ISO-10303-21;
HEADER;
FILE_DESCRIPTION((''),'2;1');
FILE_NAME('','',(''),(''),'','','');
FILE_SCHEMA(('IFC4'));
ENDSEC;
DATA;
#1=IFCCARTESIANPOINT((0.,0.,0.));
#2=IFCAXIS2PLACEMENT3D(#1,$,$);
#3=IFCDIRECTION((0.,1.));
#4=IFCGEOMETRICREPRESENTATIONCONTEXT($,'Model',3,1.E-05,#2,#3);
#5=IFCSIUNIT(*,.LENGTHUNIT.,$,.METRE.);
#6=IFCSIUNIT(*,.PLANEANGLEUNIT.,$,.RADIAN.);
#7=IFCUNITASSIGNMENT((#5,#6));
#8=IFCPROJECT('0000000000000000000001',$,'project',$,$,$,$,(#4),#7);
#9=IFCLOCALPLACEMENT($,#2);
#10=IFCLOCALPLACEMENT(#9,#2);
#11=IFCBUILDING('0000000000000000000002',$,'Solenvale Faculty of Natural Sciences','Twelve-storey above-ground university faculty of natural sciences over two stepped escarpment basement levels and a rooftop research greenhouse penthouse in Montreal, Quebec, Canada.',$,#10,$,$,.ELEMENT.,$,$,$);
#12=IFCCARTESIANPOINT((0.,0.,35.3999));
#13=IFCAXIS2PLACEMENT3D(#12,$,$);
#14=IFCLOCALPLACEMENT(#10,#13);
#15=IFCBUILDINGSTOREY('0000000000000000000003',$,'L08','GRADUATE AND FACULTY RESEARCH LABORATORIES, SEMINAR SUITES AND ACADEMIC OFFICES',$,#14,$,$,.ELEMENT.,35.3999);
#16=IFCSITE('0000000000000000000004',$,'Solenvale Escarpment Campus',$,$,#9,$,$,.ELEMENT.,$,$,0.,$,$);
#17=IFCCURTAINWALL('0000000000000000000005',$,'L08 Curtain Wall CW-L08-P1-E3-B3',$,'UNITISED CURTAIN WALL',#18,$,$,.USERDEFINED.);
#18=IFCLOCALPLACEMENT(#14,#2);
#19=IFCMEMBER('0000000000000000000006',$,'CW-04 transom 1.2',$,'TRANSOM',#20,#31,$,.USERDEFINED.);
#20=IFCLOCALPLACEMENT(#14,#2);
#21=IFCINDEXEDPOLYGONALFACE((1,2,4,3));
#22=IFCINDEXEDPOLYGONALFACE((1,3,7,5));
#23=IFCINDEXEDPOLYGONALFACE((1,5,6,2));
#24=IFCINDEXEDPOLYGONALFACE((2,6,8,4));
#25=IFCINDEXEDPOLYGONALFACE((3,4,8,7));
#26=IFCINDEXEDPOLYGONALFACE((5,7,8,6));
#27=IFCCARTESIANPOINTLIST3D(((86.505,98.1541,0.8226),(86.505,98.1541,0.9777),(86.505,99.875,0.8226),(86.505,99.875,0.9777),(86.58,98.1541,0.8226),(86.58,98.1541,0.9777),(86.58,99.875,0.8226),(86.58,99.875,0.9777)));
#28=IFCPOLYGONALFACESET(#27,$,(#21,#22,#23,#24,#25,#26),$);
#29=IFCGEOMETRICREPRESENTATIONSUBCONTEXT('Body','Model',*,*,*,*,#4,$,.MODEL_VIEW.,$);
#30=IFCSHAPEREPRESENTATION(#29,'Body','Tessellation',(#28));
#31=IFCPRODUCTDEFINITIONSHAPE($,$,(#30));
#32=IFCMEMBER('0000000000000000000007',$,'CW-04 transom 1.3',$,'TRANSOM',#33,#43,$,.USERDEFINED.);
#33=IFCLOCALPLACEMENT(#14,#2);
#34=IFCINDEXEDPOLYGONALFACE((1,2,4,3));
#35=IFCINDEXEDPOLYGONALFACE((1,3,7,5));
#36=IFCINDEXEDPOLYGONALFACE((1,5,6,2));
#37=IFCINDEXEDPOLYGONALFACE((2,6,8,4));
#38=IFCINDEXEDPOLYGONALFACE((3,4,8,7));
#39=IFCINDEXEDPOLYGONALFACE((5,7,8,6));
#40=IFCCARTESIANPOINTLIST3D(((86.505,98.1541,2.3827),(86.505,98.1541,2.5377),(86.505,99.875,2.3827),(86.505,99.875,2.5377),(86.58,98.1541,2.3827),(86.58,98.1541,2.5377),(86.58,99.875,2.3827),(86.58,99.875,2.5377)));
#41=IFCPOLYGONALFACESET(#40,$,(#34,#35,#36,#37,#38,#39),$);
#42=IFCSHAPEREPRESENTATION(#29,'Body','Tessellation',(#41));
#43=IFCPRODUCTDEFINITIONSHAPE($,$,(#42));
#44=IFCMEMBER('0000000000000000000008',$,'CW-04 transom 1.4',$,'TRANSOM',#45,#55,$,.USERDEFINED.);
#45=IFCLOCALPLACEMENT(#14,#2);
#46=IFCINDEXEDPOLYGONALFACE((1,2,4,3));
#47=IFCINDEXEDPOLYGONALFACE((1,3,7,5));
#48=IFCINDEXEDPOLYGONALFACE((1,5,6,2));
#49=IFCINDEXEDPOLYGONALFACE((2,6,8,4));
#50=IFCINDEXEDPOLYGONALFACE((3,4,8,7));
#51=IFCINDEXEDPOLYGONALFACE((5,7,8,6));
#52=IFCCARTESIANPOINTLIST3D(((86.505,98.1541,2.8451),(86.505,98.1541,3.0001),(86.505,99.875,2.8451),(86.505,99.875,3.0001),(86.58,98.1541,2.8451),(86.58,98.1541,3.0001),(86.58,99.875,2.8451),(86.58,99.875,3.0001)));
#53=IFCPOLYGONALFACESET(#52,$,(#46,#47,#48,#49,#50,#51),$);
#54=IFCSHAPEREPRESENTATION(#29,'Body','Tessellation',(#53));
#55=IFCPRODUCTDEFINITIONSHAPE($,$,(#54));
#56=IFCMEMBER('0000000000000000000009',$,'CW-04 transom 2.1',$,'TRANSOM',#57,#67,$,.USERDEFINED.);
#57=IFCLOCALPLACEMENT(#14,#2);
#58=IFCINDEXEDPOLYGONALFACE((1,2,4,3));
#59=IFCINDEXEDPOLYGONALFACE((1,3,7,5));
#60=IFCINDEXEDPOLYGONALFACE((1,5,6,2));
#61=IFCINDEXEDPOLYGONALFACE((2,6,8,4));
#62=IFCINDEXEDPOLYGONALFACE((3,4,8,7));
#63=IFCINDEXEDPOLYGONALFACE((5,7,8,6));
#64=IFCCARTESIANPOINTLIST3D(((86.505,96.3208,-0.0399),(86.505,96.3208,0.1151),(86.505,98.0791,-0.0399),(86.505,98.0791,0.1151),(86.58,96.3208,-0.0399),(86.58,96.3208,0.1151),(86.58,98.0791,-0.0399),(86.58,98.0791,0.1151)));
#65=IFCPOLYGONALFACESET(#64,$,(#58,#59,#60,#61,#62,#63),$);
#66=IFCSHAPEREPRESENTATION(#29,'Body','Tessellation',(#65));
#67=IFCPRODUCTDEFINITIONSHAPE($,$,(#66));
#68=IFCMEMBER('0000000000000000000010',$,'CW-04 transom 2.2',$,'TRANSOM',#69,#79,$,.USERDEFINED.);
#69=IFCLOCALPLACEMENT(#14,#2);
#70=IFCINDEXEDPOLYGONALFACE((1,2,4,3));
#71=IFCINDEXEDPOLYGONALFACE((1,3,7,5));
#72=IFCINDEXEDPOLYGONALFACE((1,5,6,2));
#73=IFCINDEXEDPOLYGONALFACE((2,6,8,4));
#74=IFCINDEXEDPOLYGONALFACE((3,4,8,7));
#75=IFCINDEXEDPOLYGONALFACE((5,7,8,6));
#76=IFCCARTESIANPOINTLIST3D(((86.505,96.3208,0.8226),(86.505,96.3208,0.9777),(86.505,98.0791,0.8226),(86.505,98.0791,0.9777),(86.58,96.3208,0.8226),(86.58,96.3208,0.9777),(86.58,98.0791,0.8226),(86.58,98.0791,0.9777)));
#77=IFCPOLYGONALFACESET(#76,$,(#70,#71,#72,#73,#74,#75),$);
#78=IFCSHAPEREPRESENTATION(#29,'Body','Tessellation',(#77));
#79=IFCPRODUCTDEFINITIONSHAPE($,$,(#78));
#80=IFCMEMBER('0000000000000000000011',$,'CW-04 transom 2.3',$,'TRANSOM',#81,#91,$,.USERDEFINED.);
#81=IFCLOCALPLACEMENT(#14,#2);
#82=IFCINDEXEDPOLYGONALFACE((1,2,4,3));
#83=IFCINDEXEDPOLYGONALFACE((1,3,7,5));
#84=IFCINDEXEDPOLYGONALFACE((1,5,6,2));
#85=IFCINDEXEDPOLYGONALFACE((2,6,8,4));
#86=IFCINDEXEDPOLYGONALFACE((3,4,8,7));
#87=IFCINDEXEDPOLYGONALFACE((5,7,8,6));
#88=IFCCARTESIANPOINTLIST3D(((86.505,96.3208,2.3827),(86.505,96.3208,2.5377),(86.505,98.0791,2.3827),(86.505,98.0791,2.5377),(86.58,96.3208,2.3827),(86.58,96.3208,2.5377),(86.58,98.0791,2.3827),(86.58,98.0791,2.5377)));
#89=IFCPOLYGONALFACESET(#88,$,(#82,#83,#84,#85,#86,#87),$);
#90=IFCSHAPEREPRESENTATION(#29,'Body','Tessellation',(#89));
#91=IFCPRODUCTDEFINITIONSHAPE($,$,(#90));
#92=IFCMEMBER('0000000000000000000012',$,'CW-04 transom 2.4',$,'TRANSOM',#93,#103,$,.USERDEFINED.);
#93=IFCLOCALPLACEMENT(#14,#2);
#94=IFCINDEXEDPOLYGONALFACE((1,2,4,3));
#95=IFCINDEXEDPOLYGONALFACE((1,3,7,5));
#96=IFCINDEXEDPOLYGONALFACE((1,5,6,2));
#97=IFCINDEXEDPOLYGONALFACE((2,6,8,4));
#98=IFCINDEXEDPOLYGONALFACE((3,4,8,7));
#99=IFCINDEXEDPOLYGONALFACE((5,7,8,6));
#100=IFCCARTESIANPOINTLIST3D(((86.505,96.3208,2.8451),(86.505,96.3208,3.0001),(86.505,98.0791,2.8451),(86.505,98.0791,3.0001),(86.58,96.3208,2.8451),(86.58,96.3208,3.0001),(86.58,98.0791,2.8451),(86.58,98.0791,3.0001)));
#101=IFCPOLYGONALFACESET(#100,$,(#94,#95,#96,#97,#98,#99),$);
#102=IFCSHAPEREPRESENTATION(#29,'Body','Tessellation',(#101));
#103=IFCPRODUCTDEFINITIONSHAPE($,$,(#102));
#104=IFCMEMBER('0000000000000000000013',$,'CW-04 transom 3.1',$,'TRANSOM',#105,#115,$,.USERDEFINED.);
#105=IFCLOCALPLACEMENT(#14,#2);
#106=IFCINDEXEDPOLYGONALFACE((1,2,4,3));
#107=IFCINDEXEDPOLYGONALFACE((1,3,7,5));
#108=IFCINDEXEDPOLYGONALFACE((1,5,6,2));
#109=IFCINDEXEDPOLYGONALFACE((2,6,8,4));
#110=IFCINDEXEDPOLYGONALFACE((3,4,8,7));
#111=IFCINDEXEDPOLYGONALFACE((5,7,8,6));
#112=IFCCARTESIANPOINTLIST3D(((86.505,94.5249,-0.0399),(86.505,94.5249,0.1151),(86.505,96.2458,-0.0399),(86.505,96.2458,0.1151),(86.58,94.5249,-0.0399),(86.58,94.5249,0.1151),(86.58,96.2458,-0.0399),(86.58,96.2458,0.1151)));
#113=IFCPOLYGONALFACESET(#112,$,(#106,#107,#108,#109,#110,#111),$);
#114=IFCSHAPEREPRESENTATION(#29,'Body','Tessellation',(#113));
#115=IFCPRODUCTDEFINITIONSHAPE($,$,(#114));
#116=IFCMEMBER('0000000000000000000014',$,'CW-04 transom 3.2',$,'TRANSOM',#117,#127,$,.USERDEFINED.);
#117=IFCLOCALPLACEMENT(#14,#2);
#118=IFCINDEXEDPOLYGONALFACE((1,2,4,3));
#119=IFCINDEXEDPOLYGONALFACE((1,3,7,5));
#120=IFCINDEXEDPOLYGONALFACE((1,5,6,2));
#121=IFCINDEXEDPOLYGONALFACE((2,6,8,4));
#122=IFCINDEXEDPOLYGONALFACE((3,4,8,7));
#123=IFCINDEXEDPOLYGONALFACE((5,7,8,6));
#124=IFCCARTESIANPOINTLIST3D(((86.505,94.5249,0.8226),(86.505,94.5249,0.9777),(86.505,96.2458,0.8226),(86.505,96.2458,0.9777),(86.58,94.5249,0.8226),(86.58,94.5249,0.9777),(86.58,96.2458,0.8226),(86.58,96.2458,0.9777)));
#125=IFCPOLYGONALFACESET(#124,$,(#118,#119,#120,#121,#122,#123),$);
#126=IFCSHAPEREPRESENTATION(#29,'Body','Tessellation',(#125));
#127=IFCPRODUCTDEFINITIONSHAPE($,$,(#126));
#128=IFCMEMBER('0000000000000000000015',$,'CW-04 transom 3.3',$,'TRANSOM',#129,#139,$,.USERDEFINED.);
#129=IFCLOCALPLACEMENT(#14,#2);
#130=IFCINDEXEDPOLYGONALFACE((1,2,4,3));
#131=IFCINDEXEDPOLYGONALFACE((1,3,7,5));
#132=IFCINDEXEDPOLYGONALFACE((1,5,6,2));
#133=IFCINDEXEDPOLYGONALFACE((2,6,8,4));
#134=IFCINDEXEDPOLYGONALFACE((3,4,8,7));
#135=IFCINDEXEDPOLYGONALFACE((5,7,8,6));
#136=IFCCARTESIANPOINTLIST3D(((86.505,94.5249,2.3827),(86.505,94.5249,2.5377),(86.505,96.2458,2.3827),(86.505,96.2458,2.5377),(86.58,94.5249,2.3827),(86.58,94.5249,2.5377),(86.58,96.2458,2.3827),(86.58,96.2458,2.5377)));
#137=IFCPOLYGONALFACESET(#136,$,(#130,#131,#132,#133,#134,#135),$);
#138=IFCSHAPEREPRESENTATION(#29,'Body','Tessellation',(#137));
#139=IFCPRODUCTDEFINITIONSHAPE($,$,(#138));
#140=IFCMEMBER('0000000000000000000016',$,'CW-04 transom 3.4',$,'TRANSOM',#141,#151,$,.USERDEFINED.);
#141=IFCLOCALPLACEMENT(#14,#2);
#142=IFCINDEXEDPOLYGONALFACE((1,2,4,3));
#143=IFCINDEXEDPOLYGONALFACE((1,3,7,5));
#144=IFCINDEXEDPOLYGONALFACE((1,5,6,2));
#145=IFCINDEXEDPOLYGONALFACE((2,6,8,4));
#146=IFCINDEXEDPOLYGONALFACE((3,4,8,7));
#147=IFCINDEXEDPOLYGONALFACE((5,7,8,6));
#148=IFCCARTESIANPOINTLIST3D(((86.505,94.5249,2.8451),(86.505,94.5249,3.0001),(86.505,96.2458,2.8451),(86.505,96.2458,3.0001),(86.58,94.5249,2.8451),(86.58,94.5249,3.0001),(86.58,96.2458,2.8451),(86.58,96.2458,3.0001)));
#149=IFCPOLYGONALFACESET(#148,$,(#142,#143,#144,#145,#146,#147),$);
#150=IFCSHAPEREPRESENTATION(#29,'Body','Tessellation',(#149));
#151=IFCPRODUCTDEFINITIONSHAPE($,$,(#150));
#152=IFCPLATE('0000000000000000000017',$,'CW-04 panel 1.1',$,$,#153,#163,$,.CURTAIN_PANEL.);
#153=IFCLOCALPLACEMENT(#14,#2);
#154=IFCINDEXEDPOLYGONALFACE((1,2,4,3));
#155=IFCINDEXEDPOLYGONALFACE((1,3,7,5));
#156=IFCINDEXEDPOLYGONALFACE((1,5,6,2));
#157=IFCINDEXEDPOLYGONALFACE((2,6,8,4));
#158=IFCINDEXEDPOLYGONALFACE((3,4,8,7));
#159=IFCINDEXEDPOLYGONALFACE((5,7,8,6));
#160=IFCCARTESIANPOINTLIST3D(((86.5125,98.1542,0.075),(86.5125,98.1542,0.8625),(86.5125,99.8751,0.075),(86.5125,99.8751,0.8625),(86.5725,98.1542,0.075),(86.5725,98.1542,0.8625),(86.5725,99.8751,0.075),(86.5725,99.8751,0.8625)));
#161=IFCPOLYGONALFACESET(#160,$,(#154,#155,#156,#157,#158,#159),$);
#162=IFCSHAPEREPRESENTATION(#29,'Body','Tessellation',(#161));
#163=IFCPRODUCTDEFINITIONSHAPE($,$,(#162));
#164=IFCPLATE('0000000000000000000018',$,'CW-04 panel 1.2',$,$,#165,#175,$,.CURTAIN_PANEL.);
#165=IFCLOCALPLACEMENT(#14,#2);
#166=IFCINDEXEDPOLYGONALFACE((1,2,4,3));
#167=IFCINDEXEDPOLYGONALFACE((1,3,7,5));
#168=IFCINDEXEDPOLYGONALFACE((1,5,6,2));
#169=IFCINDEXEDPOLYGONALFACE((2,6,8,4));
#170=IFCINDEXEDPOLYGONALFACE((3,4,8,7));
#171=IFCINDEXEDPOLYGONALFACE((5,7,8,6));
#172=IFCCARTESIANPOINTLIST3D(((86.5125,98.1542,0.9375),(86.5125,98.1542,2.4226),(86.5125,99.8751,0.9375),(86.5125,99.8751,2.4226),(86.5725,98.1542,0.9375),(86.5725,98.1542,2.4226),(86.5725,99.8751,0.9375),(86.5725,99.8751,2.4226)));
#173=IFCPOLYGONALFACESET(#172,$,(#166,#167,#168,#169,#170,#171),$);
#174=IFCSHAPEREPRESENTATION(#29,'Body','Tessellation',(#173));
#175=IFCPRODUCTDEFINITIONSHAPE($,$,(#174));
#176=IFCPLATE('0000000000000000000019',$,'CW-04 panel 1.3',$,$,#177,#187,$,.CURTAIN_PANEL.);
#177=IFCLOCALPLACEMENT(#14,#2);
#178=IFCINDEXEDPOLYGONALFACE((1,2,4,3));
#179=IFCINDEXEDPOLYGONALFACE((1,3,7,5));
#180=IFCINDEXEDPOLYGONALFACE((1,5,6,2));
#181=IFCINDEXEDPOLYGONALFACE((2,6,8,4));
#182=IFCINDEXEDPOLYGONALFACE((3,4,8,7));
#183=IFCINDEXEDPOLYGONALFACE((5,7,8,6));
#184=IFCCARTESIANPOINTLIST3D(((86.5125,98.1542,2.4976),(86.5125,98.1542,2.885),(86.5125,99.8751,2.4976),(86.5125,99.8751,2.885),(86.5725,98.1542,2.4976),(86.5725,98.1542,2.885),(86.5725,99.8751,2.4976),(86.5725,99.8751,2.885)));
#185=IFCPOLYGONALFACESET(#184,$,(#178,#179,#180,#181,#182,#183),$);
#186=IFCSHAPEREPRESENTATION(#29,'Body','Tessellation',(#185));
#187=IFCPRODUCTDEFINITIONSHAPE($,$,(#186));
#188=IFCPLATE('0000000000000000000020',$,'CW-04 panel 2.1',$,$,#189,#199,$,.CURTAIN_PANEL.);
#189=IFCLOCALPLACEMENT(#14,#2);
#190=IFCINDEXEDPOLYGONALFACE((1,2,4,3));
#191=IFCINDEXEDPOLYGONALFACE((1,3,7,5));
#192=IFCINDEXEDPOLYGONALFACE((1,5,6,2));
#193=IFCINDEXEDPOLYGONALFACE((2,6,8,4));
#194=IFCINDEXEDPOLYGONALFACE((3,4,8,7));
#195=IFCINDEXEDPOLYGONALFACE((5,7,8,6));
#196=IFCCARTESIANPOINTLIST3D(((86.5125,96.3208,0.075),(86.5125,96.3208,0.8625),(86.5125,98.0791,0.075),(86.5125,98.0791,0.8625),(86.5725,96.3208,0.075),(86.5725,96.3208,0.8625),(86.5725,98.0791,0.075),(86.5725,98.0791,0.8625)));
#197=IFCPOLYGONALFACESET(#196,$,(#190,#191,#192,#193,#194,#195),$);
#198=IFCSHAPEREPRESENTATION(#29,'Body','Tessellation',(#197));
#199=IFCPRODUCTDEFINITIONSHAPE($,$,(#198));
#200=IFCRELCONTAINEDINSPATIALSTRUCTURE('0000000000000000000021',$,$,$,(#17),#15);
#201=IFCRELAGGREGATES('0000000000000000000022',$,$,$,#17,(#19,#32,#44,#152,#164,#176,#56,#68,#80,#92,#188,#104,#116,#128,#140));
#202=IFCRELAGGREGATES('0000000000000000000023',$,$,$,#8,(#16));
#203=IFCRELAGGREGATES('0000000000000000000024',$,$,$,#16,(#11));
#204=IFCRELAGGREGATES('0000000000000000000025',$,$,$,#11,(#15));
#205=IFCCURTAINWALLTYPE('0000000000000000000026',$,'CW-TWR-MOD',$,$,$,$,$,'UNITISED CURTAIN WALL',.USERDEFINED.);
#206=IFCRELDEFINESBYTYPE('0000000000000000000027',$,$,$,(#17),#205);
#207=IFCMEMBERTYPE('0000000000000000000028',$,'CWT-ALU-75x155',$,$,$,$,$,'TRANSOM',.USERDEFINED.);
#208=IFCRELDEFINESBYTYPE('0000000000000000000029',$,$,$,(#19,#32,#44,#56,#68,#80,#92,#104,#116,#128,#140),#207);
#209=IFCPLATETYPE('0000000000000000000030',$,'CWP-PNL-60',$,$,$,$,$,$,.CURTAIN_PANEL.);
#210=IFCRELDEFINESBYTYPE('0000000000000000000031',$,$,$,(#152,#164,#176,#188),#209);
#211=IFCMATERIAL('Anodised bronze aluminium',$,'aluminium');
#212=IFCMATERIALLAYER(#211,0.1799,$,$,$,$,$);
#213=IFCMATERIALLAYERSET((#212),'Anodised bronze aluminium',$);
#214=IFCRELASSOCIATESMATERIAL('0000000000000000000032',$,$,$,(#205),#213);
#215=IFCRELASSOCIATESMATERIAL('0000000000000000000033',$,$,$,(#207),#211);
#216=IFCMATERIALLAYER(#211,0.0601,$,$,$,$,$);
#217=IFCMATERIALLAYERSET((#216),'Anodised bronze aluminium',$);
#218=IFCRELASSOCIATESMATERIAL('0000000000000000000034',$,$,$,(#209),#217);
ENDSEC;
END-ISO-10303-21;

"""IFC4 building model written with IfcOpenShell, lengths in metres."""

from ifc_helpers import new_model, si_unit, direction, frame, origin, origin_2d, place, context, subcontext, project, spatial, rectangle, extrude, material, layer, layer_set, material_profile, profile_set, type_object, element, aggregate, save


model = new_model("IFC4")

# Units and contexts
model_context = context("Model", 3, precision=1e-05, world=origin(), true_north=direction((0.0, 1.0)))
body_context = subcontext(model_context, "Body", "Model", "MODEL_VIEW")
ifc_project = project(units=[si_unit("LENGTHUNIT", "METRE"), si_unit("PLANEANGLEUNIT", "RADIAN")], contexts=[model_context])

# Site, building, storey
site_placement = place(None, origin())
site = spatial("IfcSite", under=ifc_project, at=site_placement, Name="Solenvale Escarpment Campus", CompositionType="ELEMENT", RefElevation=0.0)
building_placement = place(site_placement, origin())
building = spatial("IfcBuilding", under=site, at=building_placement, Name="Solenvale Faculty of Natural Sciences", Description="Twelve-storey above-ground university faculty of natural sciences over two stepped escarpment basement levels and a rooftop research greenhouse penthouse in Montreal, Quebec, Canada.", CompositionType="ELEMENT")
storey_placement = place(building_placement, frame((0.0, 0.0, 35.3999)))
storey = spatial("IfcBuildingStorey", under=building, at=storey_placement, Name="L08", Description="GRADUATE AND FACULTY RESEARCH LABORATORIES, SEMINAR SUITES AND ACADEMIC OFFICES", CompositionType="ELEMENT", Elevation=35.3999)

# Curtain wall, members, plates
ifc_material_1 = material(Name="Anodised bronze aluminium", Category="aluminium")
ifc_layer_1 = layer(ifc_material_1, 0.1799)
ifc_layer_set_1 = layer_set([ifc_layer_1], Name="Anodised bronze aluminium")
curtain_wall_type = type_object("IfcCurtainWallType", Name="CW-TWR-MOD", ElementType="UNITISED CURTAIN WALL", PredefinedType="USERDEFINED", material=ifc_layer_set_1)
curtain_wall_placement = place(storey_placement, origin())
curtain_wall = element("IfcCurtainWall", 1, at=curtain_wall_placement, inside=storey, type_object=curtain_wall_type, Name="L08 Curtain Wall CW-L08-P1-E3-B3", ObjectType="UNITISED CURTAIN WALL", PredefinedType="USERDEFINED")
ifc_material_profile_1 = material_profile(ifc_material_1, rectangle(XDim=0.075, YDim=0.155, at=origin_2d()), Name="ALU-TRN-75x155")
ifc_profile_set_1 = profile_set([ifc_material_profile_1], Name="Anodised bronze aluminium")
member_type_1 = type_object("IfcMemberType", Name="CWT-ALU-75x155", ElementType="TRANSOM", PredefinedType="USERDEFINED", material=ifc_profile_set_1)
member_1_placement = place(storey_placement, frame((86.5425, 99.875, 0.9001), z_axis=(0.0, -1.0, 0.0), x_axis=(1.0, 0.0, 0.0)))
member_1 = element("IfcMember", 2, at=member_1_placement, type_object=member_type_1, Name="CW-04 transom 1.2", ObjectType="TRANSOM", PredefinedType="USERDEFINED", context=body_context, shape_type="SweptSolid", body=[
    extrude(rectangle(XDim=0.075, YDim=0.155, at=origin_2d()), origin(), (0.0, 0.0, 1.0), 1.7209),
])
member_2_placement = place(storey_placement, frame((86.5425, 99.875, 2.4602), z_axis=(0.0, -1.0, 0.0), x_axis=(1.0, 0.0, 0.0)))
member_2 = element("IfcMember", 3, at=member_2_placement, type_object=member_type_1, Name="CW-04 transom 1.3", ObjectType="TRANSOM", PredefinedType="USERDEFINED", context=body_context, shape_type="SweptSolid", body=[
    extrude(rectangle(XDim=0.075, YDim=0.155, at=origin_2d()), origin(), (0.0, 0.0, 1.0), 1.7209),
])
member_3_placement = place(storey_placement, frame((86.5425, 99.875, 2.9226), z_axis=(0.0, -1.0, 0.0), x_axis=(1.0, 0.0, 0.0)))
member_3 = element("IfcMember", 4, at=member_3_placement, type_object=member_type_1, Name="CW-04 transom 1.4", ObjectType="TRANSOM", PredefinedType="USERDEFINED", context=body_context, shape_type="SweptSolid", body=[
    extrude(rectangle(XDim=0.075, YDim=0.155, at=origin_2d()), origin(), (0.0, 0.0, 1.0), 1.7209),
])
member_4_placement = place(storey_placement, frame((86.5425, 98.0791, 0.0376), z_axis=(0.0, -1.0, 0.0), x_axis=(1.0, 0.0, 0.0)))
member_4 = element("IfcMember", 5, at=member_4_placement, type_object=member_type_1, Name="CW-04 transom 2.1", ObjectType="TRANSOM", PredefinedType="USERDEFINED", context=body_context, shape_type="SweptSolid", body=[
    extrude(rectangle(XDim=0.075, YDim=0.155, at=origin_2d()), origin(), (0.0, 0.0, 1.0), 1.7583),
])
member_5_placement = place(storey_placement, frame((86.5425, 98.0791, 0.9001), z_axis=(0.0, -1.0, 0.0), x_axis=(1.0, 0.0, 0.0)))
member_5 = element("IfcMember", 6, at=member_5_placement, type_object=member_type_1, Name="CW-04 transom 2.2", ObjectType="TRANSOM", PredefinedType="USERDEFINED", context=body_context, shape_type="SweptSolid", body=[
    extrude(rectangle(XDim=0.075, YDim=0.155, at=origin_2d()), origin(), (0.0, 0.0, 1.0), 1.7583),
])
member_6_placement = place(storey_placement, frame((86.5425, 98.0791, 2.4602), z_axis=(0.0, -1.0, 0.0), x_axis=(1.0, 0.0, 0.0)))
member_6 = element("IfcMember", 7, at=member_6_placement, type_object=member_type_1, Name="CW-04 transom 2.3", ObjectType="TRANSOM", PredefinedType="USERDEFINED", context=body_context, shape_type="SweptSolid", body=[
    extrude(rectangle(XDim=0.075, YDim=0.155, at=origin_2d()), origin(), (0.0, 0.0, 1.0), 1.7583),
])
member_7_placement = place(storey_placement, frame((86.5425, 98.0791, 2.9226), z_axis=(0.0, -1.0, 0.0), x_axis=(1.0, 0.0, 0.0)))
member_7 = element("IfcMember", 8, at=member_7_placement, type_object=member_type_1, Name="CW-04 transom 2.4", ObjectType="TRANSOM", PredefinedType="USERDEFINED", context=body_context, shape_type="SweptSolid", body=[
    extrude(rectangle(XDim=0.075, YDim=0.155, at=origin_2d()), origin(), (0.0, 0.0, 1.0), 1.7583),
])
member_8_placement = place(storey_placement, frame((86.5425, 96.2458, 0.0376), z_axis=(0.0, -1.0, 0.0), x_axis=(1.0, 0.0, 0.0)))
member_8 = element("IfcMember", 9, at=member_8_placement, type_object=member_type_1, Name="CW-04 transom 3.1", ObjectType="TRANSOM", PredefinedType="USERDEFINED", context=body_context, shape_type="SweptSolid", body=[
    extrude(rectangle(XDim=0.075, YDim=0.155, at=origin_2d()), origin(), (0.0, 0.0, 1.0), 1.7209),
])
member_9_placement = place(storey_placement, frame((86.5425, 96.2458, 0.9001), z_axis=(0.0, -1.0, 0.0), x_axis=(1.0, 0.0, 0.0)))
member_9 = element("IfcMember", 10, at=member_9_placement, type_object=member_type_1, Name="CW-04 transom 3.2", ObjectType="TRANSOM", PredefinedType="USERDEFINED", context=body_context, shape_type="SweptSolid", body=[
    extrude(rectangle(XDim=0.075, YDim=0.155, at=origin_2d()), origin(), (0.0, 0.0, 1.0), 1.7209),
])
member_10_placement = place(storey_placement, frame((86.5425, 96.2458, 2.4602), z_axis=(0.0, -1.0, 0.0), x_axis=(1.0, 0.0, 0.0)))
member_10 = element("IfcMember", 11, at=member_10_placement, type_object=member_type_1, Name="CW-04 transom 3.3", ObjectType="TRANSOM", PredefinedType="USERDEFINED", context=body_context, shape_type="SweptSolid", body=[
    extrude(rectangle(XDim=0.075, YDim=0.155, at=origin_2d()), origin(), (0.0, 0.0, 1.0), 1.7209),
])
member_11_placement = place(storey_placement, frame((86.5425, 96.2458, 2.9226), z_axis=(0.0, -1.0, 0.0), x_axis=(1.0, 0.0, 0.0)))
member_11 = element("IfcMember", 12, at=member_11_placement, type_object=member_type_1, Name="CW-04 transom 3.4", ObjectType="TRANSOM", PredefinedType="USERDEFINED", context=body_context, shape_type="SweptSolid", body=[
    extrude(rectangle(XDim=0.075, YDim=0.155, at=origin_2d()), origin(), (0.0, 0.0, 1.0), 1.7209),
])
ifc_layer_2 = layer(ifc_material_1, 0.0601)
ifc_layer_set_2 = layer_set([ifc_layer_2], Name="Anodised bronze aluminium")
plate_type = type_object("IfcPlateType", Name="CWP-PNL-60", PredefinedType="CURTAIN_PANEL", material=ifc_layer_set_2)
plate_1_placement = place(storey_placement, frame((86.5425, 99.0146, 0.075), z_axis=(0.0, 0.0, 1.0), x_axis=(0.0, -1.0, 0.0)))
plate_1 = element("IfcPlate", 13, at=plate_1_placement, type_object=plate_type, Name="CW-04 panel 1.1", PredefinedType="CURTAIN_PANEL", context=body_context, shape_type="SweptSolid", body=[
    extrude(rectangle(XDim=1.7209, YDim=0.0601, at=origin_2d()), origin(), (0.0, 0.0, 1.0), 0.7876),
])
plate_2_placement = place(storey_placement, frame((86.5425, 99.0146, 0.9375), z_axis=(0.0, 0.0, 1.0), x_axis=(0.0, -1.0, 0.0)))
plate_2 = element("IfcPlate", 14, at=plate_2_placement, type_object=plate_type, Name="CW-04 panel 1.2", PredefinedType="CURTAIN_PANEL", context=body_context, shape_type="SweptSolid", body=[
    extrude(rectangle(XDim=1.7209, YDim=0.0601, at=origin_2d()), origin(), (0.0, 0.0, 1.0), 1.4851),
])
plate_3_placement = place(storey_placement, frame((86.5425, 99.0146, 2.4976), z_axis=(0.0, 0.0, 1.0), x_axis=(0.0, -1.0, 0.0)))
plate_3 = element("IfcPlate", 15, at=plate_3_placement, type_object=plate_type, Name="CW-04 panel 1.3", PredefinedType="CURTAIN_PANEL", context=body_context, shape_type="SweptSolid", body=[
    extrude(rectangle(XDim=1.7209, YDim=0.0601, at=origin_2d()), origin(), (0.0, 0.0, 1.0), 0.3875),
])
plate_4_placement = place(storey_placement, frame((86.5425, 97.2, 0.075), z_axis=(0.0, 0.0, 1.0), x_axis=(0.0, -1.0, 0.0)))
plate_4 = element("IfcPlate", 16, at=plate_4_placement, type_object=plate_type, Name="CW-04 panel 2.1", PredefinedType="CURTAIN_PANEL", context=body_context, shape_type="SweptSolid", body=[
    extrude(rectangle(XDim=1.7583, YDim=0.0601, at=origin_2d()), origin(), (0.0, 0.0, 1.0), 0.7876),
])
aggregate(curtain_wall, [member_1, member_2, member_3, plate_1, plate_2, plate_3, member_4, member_5, member_6, member_7, plate_4, member_8, member_9, member_10, member_11])

save(model, "model.ifc")
